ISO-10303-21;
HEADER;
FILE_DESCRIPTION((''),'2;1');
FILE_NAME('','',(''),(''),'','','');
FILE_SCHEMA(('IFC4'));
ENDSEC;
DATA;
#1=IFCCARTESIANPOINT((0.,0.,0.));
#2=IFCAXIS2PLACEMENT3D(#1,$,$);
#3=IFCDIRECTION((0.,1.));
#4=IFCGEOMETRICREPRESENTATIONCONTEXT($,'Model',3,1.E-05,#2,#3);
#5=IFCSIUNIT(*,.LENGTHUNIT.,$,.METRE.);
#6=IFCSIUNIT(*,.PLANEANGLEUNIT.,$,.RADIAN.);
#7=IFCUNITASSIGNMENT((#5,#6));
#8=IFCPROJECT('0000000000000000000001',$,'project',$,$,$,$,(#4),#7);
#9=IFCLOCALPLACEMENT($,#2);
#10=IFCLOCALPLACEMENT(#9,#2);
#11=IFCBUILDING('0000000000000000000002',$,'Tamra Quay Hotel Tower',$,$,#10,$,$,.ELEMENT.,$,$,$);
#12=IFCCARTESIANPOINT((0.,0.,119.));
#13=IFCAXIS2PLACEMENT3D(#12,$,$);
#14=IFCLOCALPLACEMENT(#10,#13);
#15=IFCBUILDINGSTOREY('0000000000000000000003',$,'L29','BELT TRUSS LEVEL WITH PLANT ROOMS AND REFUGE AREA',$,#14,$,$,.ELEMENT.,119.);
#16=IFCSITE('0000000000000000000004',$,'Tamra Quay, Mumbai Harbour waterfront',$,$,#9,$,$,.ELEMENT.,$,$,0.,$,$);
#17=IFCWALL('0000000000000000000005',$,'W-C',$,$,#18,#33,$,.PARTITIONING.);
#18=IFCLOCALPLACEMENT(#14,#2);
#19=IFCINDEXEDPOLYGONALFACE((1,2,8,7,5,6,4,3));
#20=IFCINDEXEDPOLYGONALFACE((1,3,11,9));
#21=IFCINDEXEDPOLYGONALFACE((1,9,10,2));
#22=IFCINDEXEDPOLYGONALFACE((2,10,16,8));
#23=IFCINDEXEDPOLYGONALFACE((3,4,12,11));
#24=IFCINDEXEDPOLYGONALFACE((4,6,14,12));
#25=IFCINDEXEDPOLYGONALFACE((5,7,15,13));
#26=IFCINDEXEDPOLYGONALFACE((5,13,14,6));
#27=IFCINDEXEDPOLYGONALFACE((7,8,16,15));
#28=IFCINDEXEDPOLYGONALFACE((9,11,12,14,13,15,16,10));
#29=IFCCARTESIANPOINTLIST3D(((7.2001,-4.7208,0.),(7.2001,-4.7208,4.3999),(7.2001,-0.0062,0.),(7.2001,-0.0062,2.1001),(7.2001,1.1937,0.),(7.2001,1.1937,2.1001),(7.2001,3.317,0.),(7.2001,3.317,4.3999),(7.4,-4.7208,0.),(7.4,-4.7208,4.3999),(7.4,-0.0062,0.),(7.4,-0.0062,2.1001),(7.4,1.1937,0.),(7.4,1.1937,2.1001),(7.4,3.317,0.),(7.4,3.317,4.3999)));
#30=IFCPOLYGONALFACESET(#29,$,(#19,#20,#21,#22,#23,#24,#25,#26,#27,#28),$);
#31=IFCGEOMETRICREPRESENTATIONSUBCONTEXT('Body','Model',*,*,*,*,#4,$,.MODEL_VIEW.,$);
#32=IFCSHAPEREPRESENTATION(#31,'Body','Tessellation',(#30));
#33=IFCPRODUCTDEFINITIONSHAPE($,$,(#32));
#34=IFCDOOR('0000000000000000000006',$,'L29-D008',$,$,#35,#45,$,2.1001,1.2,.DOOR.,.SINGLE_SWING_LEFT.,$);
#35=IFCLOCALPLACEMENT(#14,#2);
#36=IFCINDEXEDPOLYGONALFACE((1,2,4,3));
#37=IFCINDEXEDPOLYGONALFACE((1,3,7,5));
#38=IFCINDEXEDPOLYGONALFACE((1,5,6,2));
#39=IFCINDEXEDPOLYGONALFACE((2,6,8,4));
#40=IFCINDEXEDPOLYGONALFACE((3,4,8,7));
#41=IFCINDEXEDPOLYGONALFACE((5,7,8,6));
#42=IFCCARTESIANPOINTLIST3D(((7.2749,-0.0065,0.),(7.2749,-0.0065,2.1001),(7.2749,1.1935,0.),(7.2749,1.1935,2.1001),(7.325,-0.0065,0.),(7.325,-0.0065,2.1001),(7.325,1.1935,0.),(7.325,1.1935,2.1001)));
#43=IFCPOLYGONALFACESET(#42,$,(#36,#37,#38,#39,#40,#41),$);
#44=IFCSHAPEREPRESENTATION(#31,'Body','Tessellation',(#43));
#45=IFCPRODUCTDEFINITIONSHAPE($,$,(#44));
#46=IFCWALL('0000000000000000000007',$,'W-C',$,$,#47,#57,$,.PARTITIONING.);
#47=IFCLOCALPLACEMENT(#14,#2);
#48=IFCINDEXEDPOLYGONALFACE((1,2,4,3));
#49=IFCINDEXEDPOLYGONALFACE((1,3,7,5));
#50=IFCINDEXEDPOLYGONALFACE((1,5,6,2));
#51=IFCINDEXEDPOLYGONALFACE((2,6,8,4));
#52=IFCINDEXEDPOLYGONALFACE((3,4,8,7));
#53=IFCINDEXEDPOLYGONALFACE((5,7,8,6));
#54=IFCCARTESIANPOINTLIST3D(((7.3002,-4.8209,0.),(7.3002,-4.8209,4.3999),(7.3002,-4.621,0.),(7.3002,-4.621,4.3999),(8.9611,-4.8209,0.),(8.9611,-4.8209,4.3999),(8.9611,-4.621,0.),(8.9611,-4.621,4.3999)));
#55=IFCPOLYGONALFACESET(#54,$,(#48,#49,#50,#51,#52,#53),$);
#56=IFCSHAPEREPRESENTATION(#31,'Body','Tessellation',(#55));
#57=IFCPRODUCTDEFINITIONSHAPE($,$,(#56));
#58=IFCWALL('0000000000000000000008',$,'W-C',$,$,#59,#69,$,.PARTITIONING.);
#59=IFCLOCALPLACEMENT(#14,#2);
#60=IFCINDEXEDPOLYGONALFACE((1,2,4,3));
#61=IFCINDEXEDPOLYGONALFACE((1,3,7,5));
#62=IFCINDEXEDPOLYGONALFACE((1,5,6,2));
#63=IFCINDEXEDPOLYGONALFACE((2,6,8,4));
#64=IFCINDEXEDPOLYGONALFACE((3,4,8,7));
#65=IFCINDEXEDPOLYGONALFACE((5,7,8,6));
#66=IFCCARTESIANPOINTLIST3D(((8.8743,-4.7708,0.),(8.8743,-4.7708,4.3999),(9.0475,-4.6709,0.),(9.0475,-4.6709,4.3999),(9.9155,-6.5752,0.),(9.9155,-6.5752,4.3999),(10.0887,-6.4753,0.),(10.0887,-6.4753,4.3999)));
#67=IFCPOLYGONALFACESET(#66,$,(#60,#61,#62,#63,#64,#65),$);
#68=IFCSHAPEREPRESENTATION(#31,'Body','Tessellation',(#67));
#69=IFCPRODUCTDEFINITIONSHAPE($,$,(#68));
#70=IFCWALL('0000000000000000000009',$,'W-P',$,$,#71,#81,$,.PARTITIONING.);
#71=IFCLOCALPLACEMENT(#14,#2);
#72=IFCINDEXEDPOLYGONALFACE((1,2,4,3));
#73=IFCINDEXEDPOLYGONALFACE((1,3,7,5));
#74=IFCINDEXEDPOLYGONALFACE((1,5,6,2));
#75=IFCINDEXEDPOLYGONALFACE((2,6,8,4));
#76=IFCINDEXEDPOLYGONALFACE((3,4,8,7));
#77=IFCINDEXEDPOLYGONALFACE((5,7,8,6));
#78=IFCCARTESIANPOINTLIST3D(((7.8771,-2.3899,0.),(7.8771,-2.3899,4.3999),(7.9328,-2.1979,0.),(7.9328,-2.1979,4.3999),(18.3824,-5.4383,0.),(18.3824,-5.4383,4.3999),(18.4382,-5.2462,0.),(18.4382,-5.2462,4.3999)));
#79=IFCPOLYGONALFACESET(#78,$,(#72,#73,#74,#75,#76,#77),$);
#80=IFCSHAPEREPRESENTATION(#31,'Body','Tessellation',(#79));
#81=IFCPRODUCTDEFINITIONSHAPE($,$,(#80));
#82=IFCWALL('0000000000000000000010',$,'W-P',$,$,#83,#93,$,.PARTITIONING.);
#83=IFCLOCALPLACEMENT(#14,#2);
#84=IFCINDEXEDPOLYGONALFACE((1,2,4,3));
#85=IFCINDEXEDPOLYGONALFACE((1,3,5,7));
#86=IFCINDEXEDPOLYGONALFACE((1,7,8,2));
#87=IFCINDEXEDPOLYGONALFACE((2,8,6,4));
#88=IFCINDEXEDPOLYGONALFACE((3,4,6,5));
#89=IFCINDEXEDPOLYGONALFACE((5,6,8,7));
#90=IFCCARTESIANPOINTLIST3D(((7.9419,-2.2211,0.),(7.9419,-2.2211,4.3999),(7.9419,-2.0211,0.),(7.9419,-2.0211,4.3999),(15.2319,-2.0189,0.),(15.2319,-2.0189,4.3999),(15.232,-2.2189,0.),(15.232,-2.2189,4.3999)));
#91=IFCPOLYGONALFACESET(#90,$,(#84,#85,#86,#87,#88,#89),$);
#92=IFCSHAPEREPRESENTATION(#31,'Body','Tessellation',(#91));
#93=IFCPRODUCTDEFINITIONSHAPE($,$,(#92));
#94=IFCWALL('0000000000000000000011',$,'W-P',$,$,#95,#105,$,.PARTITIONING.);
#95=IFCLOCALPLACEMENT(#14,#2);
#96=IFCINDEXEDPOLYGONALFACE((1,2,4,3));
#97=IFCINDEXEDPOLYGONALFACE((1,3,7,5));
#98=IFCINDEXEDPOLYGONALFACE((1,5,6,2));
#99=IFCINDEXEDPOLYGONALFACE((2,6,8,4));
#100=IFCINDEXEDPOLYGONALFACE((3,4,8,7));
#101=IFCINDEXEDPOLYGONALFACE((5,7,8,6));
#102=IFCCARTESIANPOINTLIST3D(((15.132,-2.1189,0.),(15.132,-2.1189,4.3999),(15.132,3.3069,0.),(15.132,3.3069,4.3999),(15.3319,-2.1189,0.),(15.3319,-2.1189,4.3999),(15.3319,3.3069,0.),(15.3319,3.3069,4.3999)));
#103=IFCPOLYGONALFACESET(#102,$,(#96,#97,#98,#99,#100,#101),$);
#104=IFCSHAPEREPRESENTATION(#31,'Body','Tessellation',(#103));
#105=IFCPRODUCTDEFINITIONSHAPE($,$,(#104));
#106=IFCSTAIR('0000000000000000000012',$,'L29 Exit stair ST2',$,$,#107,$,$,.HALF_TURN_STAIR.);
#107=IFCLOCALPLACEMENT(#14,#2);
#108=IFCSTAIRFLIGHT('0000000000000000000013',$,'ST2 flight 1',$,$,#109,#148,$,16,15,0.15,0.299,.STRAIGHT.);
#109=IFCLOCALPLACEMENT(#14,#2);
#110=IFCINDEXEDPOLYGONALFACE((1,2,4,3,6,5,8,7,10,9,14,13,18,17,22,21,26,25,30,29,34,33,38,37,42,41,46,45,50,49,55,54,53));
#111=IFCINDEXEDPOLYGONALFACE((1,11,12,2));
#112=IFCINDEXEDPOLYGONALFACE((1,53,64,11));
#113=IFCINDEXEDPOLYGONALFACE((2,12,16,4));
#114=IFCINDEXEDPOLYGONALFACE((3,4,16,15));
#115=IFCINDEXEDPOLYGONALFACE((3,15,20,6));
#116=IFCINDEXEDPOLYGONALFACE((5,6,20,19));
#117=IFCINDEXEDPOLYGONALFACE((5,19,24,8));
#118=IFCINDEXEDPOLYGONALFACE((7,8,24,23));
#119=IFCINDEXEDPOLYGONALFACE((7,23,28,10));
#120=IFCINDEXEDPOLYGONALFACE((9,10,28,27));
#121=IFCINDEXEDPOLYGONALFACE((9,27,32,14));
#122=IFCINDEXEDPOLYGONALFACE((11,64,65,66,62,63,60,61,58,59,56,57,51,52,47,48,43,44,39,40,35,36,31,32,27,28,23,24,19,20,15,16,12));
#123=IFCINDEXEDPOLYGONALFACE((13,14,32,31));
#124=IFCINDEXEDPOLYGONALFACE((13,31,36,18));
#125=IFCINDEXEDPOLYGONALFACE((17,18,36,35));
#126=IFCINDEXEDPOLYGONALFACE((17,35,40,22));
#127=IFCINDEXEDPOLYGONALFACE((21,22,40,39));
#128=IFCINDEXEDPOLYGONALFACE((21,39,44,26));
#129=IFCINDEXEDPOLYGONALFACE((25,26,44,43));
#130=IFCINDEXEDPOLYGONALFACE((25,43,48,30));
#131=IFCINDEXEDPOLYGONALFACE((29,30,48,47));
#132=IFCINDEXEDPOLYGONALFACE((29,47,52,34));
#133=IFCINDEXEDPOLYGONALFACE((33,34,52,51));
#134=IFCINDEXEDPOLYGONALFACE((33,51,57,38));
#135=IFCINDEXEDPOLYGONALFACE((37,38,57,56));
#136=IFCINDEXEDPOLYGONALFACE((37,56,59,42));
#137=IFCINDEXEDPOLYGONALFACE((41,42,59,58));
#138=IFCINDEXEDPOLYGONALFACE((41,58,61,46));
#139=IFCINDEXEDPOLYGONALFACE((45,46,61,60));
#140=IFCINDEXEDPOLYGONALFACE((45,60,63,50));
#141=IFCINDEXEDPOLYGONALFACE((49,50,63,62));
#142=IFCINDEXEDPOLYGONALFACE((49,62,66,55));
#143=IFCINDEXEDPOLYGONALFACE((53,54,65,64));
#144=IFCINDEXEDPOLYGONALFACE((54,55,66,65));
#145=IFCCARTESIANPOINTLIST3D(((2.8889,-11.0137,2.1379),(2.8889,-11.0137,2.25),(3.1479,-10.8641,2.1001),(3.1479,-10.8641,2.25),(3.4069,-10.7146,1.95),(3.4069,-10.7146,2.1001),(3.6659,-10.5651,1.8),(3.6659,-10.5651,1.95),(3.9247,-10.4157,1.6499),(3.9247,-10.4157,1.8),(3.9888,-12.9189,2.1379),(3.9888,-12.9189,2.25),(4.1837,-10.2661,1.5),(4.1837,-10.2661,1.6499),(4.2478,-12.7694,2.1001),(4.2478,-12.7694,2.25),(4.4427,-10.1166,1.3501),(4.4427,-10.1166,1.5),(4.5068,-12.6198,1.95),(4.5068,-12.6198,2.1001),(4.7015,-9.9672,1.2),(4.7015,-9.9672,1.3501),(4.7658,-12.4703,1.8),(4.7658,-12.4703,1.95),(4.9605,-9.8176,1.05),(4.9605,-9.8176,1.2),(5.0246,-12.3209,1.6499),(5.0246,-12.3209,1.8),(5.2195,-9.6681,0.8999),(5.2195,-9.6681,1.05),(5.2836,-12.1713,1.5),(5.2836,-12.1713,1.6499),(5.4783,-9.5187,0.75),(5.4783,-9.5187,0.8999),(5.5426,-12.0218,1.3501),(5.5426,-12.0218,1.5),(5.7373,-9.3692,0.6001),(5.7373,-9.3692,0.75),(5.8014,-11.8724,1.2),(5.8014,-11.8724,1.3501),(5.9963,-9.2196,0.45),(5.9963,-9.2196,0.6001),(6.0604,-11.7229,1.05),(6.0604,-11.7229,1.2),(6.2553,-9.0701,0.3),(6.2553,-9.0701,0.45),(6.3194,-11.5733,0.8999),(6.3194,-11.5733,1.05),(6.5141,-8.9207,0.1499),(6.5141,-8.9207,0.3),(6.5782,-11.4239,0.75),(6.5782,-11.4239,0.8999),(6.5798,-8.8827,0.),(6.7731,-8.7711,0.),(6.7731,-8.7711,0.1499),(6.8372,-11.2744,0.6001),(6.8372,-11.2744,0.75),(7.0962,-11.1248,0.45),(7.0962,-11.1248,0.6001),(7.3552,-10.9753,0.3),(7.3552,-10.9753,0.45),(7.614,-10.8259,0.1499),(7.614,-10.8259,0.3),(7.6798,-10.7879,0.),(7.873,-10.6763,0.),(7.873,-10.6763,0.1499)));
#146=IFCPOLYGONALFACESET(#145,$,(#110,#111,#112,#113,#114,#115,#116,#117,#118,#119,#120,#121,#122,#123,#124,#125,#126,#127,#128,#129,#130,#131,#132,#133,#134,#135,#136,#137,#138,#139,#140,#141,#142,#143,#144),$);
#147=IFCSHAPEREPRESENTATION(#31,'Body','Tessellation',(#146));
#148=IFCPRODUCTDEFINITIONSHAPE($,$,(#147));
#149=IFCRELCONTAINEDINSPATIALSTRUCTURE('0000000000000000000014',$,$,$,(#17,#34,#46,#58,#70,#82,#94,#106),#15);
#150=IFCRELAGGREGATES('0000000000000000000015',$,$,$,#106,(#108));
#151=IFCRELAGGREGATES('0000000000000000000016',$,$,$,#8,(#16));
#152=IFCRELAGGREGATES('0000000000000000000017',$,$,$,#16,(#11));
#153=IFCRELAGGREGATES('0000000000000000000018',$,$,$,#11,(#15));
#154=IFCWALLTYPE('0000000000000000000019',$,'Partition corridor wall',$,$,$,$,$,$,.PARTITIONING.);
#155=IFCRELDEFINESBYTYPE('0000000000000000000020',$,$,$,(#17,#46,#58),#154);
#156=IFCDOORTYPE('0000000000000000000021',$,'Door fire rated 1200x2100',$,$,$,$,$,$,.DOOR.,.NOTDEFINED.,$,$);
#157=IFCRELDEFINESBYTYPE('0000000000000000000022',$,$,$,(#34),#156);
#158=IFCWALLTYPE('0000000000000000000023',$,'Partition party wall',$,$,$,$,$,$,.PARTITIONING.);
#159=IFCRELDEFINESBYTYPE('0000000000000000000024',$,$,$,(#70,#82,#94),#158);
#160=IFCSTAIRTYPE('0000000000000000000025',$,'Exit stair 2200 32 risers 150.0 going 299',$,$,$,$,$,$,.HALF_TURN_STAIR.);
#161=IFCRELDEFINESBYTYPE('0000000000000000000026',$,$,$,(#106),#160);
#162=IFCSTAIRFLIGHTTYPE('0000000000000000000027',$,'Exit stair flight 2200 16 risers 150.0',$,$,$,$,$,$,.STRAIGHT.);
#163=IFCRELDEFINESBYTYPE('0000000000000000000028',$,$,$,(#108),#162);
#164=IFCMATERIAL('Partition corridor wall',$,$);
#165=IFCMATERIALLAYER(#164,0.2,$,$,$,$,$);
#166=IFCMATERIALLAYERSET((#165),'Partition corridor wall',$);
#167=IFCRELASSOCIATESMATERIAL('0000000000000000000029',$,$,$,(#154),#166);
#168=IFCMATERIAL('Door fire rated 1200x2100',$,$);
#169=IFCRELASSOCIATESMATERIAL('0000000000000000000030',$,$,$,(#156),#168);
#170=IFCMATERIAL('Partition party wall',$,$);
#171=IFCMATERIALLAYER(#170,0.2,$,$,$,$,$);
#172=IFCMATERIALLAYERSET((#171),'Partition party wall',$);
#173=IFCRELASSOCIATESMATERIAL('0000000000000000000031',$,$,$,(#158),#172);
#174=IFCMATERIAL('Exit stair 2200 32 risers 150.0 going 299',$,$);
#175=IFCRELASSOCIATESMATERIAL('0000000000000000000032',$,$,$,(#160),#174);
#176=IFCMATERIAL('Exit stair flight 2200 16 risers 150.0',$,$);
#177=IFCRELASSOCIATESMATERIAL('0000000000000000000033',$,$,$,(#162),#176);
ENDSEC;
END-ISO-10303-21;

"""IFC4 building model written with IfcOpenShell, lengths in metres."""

from ifc_helpers import new_model, si_unit, direction, frame, frame_2d, origin, place, context, subcontext, project, spatial, polyline, rectangle, outline, extrude, material, layer, layer_set, type_object, element, fill, aggregate, save


model = new_model("IFC4")

# Units and contexts
model_context = context("Model", 3, precision=1e-05, world=origin(), true_north=direction((0.0, 1.0)))
body_context = subcontext(model_context, "Body", "Model", "MODEL_VIEW")
ifc_project = project(units=[si_unit("LENGTHUNIT", "METRE"), si_unit("PLANEANGLEUNIT", "RADIAN")], contexts=[model_context])

# Site, building, storey
site_placement = place(None, origin())
site = spatial("IfcSite", under=ifc_project, at=site_placement, Name="Tamra Quay, Mumbai Harbour waterfront", CompositionType="ELEMENT", RefElevation=0.0)
building_placement = place(site_placement, origin())
building = spatial("IfcBuilding", under=site, at=building_placement, Name="Tamra Quay Hotel Tower", CompositionType="ELEMENT")
storey_placement = place(building_placement, frame((0.0, 0.0, 119.0)))
storey = spatial("IfcBuildingStorey", under=building, at=storey_placement, Name="L29", Description="BELT TRUSS LEVEL WITH PLANT ROOMS AND REFUGE AREA", CompositionType="ELEMENT", Elevation=119.0)

# Wall, opening, door
ifc_material_1 = material(Name="Partition corridor wall")
ifc_layer_1 = layer(ifc_material_1, 0.2)
ifc_layer_set_1 = layer_set([ifc_layer_1], Name="Partition corridor wall")
wall_type_1 = type_object("IfcWallType", Name="Partition corridor wall", PredefinedType="PARTITIONING", material=ifc_layer_set_1)
wall_1_placement = place(storey_placement, frame((7.3, -4.7209, 0.0), z_axis=(0.0, 0.0, 1.0), x_axis=(0.0, 1.0, 0.0)))
wall_1 = element("IfcWall", 1, at=wall_1_placement, inside=storey, type_object=wall_type_1, Name="W-C", PredefinedType="PARTITIONING", context=body_context, shape_type="SweptSolid", body=[
    extrude(rectangle(XDim=8.0378, YDim=0.2, at=frame_2d((4.019, 0.0))), origin(), (0.0, 0.0, 1.0), 4.3999),
])
opening_1_placement = place(wall_1_placement, frame((4.7146, 0.0, 0.0)))
opening_1 = element("IfcOpeningElement", 2, at=opening_1_placement, cuts=wall_1, PredefinedType="OPENING", context=body_context, shape_type="SweptSolid", body=[
    extrude(rectangle(XDim=1.2, YDim=2.1001, at=frame_2d((0.6001, 1.05))), frame((0.0, 0.1099, 0.0), z_axis=(0.0, -1.0, 0.0), x_axis=(1.0, 0.0, 0.0)), (0.0, 0.0, 1.0), 0.22),
])
ifc_material_2 = material(Name="Door fire rated 1200x2100")
door_type_1 = type_object("IfcDoorType", Name="Door fire rated 1200x2100", OperationType="NOTDEFINED", PredefinedType="DOOR", material=ifc_material_2)
door_1_placement = place(opening_1_placement, frame((1.2, 0.0, 0.0), z_axis=(0.0, 0.0, 1.0), x_axis=(-1.0, 0.0, 0.0)))
door_1 = element("IfcDoor", 3, at=door_1_placement, inside=storey, type_object=door_type_1, Name="L29-D008", OperationType="SINGLE_SWING_LEFT", OverallHeight=2.1001, OverallWidth=1.2, PredefinedType="DOOR", context=body_context, shape_type="SweptSolid", body=[
    extrude(rectangle(XDim=1.2, YDim=2.1001, at=frame_2d((0.6001, 1.05))), frame((0.0, 0.0249, 0.0), z_axis=(0.0, -1.0, 0.0), x_axis=(1.0, 0.0, 0.0)), (0.0, 0.0, 1.0), 0.05),
])
fill(opening_1, door_1)

# Walls
wall_2_placement = place(storey_placement, frame((7.3, -4.7209, 0.0), z_axis=(0.0, 0.0, 1.0), x_axis=(1.0, 0.0, 0.0)))
element("IfcWall", 4, at=wall_2_placement, inside=storey, type_object=wall_type_1, Name="W-C", PredefinedType="PARTITIONING", context=body_context, shape_type="SweptSolid", body=[
    extrude(rectangle(XDim=1.6609, YDim=0.2, at=frame_2d((0.8306, 0.0))), origin(), (0.0, 0.0, 1.0), 4.3999),
])
wall_3_placement = place(storey_placement, frame((8.9609, -4.7209, 0.0), z_axis=(0.0, 0.0, 1.0), x_axis=(0.499807, -0.866137, 0.0)))
element("IfcWall", 5, at=wall_3_placement, inside=storey, type_object=wall_type_1, Name="W-C", PredefinedType="PARTITIONING", context=body_context, shape_type="SweptSolid", body=[
    extrude(rectangle(XDim=2.0833, YDim=0.2, at=frame_2d((1.0415, 0.0))), origin(), (0.0, 0.0, 1.0), 4.3999),
])
ifc_material_3 = material(Name="Partition party wall")
ifc_layer_2 = layer(ifc_material_3, 0.2)
ifc_layer_set_2 = layer_set([ifc_layer_2], Name="Partition party wall")
wall_type_2 = type_object("IfcWallType", Name="Partition party wall", PredefinedType="PARTITIONING", material=ifc_layer_set_2)
wall_4_placement = place(storey_placement, frame((7.905, -2.2939, 0.0), z_axis=(0.0, 0.0, 1.0), x_axis=(0.960386, -0.278675, 0.0)))
element("IfcWall", 6, at=wall_4_placement, inside=storey, type_object=wall_type_2, Name="W-P", PredefinedType="PARTITIONING", context=body_context, shape_type="SweptSolid", body=[
    extrude(rectangle(XDim=10.9387, YDim=0.2, at=frame_2d((5.4692, 0.0))), origin(), (0.0, 0.0, 1.0), 4.3999),
])
wall_5_placement = place(storey_placement, frame((7.9419, -2.1211, 0.0), z_axis=(0.0, 0.0, 1.0), x_axis=(1.0, 0.000301, 0.0)))
element("IfcWall", 7, at=wall_5_placement, inside=storey, type_object=wall_type_2, Name="W-P", PredefinedType="PARTITIONING", context=body_context, shape_type="SweptSolid", body=[
    extrude(rectangle(XDim=7.29, YDim=0.2, at=frame_2d((3.645, 0.0))), origin(), (0.0, 0.0, 1.0), 4.3999),
])
wall_6_placement = place(storey_placement, frame((15.2319, -2.1189, 0.0), z_axis=(0.0, 0.0, 1.0), x_axis=(0.0, 1.0, 0.0)))
element("IfcWall", 8, at=wall_6_placement, inside=storey, type_object=wall_type_2, Name="W-P", PredefinedType="PARTITIONING", context=body_context, shape_type="SweptSolid", body=[
    extrude(rectangle(XDim=5.4258, YDim=0.2, at=frame_2d((2.7129, 0.0))), origin(), (0.0, 0.0, 1.0), 4.3999),
])

# Stair, stair flight
ifc_material_4 = material(Name="Exit stair 2200 32 risers 150.0 going 299")
stair_type = type_object("IfcStairType", Name="Exit stair 2200 32 risers 150.0 going 299", PredefinedType="HALF_TURN_STAIR", material=ifc_material_4)
stair_placement = place(storey_placement, origin())
stair = element("IfcStair", 9, at=stair_placement, inside=storey, type_object=stair_type, Name="L29 Exit stair ST2", PredefinedType="HALF_TURN_STAIR")
ifc_material_5 = material(Name="Exit stair flight 2200 16 risers 150.0")
stair_flight_type = type_object("IfcStairFlightType", Name="Exit stair flight 2200 16 risers 150.0", PredefinedType="STRAIGHT", material=ifc_material_5)
stair_flight_placement = place(storey_placement, frame((7.323, -9.7236, 0.0), z_axis=(0.0, 0.0, 1.0), x_axis=(-0.866025, -0.5, 0.0)))
stair_flight = element("IfcStairFlight", 10, at=stair_flight_placement, type_object=stair_flight_type, Name="ST2 flight 1", NumberOfRisers=16, NumberOfTreads=15, PredefinedType="STRAIGHT", RiserHeight=0.15, TreadLength=0.299, context=body_context, shape_type="SweptSolid", body=[
    extrude(outline(polyline([(0.0, 0.0), (0.0, 0.1499), (0.2991, 0.1499), (0.2991, 0.3), (0.5979, 0.3), (0.5979, 0.45), (0.897, 0.45), (0.897, 0.6001), (1.196, 0.6001), (1.196, 0.75), (1.4951, 0.75), (1.4951, 0.8999), (1.7939, 0.8999), (1.7939, 1.05), (2.093, 1.05), (2.093, 1.2), (2.3921, 1.2), (2.3921, 1.3501), (2.6909, 1.3501), (2.6909, 1.5), (2.99, 1.5), (2.99, 1.6499), (3.2891, 1.6499), (3.2891, 1.8), (3.5879, 1.8), (3.5879, 1.95), (3.887, 1.95), (3.887, 2.1001), (4.186, 2.1001), (4.186, 2.25), (4.4851, 2.25), (4.4851, 2.3999), (4.4851, 2.1379), (0.2231, 0.0), (0.0, 0.0)])), frame((0.0, 1.1001, 0.0), z_axis=(0.0, -1.0, 0.0), x_axis=(1.0, 0.0, 0.0)), (0.0, 0.0, 1.0), 2.2),
])
aggregate(stair, [stair_flight])

save(model, "model.ifc")
